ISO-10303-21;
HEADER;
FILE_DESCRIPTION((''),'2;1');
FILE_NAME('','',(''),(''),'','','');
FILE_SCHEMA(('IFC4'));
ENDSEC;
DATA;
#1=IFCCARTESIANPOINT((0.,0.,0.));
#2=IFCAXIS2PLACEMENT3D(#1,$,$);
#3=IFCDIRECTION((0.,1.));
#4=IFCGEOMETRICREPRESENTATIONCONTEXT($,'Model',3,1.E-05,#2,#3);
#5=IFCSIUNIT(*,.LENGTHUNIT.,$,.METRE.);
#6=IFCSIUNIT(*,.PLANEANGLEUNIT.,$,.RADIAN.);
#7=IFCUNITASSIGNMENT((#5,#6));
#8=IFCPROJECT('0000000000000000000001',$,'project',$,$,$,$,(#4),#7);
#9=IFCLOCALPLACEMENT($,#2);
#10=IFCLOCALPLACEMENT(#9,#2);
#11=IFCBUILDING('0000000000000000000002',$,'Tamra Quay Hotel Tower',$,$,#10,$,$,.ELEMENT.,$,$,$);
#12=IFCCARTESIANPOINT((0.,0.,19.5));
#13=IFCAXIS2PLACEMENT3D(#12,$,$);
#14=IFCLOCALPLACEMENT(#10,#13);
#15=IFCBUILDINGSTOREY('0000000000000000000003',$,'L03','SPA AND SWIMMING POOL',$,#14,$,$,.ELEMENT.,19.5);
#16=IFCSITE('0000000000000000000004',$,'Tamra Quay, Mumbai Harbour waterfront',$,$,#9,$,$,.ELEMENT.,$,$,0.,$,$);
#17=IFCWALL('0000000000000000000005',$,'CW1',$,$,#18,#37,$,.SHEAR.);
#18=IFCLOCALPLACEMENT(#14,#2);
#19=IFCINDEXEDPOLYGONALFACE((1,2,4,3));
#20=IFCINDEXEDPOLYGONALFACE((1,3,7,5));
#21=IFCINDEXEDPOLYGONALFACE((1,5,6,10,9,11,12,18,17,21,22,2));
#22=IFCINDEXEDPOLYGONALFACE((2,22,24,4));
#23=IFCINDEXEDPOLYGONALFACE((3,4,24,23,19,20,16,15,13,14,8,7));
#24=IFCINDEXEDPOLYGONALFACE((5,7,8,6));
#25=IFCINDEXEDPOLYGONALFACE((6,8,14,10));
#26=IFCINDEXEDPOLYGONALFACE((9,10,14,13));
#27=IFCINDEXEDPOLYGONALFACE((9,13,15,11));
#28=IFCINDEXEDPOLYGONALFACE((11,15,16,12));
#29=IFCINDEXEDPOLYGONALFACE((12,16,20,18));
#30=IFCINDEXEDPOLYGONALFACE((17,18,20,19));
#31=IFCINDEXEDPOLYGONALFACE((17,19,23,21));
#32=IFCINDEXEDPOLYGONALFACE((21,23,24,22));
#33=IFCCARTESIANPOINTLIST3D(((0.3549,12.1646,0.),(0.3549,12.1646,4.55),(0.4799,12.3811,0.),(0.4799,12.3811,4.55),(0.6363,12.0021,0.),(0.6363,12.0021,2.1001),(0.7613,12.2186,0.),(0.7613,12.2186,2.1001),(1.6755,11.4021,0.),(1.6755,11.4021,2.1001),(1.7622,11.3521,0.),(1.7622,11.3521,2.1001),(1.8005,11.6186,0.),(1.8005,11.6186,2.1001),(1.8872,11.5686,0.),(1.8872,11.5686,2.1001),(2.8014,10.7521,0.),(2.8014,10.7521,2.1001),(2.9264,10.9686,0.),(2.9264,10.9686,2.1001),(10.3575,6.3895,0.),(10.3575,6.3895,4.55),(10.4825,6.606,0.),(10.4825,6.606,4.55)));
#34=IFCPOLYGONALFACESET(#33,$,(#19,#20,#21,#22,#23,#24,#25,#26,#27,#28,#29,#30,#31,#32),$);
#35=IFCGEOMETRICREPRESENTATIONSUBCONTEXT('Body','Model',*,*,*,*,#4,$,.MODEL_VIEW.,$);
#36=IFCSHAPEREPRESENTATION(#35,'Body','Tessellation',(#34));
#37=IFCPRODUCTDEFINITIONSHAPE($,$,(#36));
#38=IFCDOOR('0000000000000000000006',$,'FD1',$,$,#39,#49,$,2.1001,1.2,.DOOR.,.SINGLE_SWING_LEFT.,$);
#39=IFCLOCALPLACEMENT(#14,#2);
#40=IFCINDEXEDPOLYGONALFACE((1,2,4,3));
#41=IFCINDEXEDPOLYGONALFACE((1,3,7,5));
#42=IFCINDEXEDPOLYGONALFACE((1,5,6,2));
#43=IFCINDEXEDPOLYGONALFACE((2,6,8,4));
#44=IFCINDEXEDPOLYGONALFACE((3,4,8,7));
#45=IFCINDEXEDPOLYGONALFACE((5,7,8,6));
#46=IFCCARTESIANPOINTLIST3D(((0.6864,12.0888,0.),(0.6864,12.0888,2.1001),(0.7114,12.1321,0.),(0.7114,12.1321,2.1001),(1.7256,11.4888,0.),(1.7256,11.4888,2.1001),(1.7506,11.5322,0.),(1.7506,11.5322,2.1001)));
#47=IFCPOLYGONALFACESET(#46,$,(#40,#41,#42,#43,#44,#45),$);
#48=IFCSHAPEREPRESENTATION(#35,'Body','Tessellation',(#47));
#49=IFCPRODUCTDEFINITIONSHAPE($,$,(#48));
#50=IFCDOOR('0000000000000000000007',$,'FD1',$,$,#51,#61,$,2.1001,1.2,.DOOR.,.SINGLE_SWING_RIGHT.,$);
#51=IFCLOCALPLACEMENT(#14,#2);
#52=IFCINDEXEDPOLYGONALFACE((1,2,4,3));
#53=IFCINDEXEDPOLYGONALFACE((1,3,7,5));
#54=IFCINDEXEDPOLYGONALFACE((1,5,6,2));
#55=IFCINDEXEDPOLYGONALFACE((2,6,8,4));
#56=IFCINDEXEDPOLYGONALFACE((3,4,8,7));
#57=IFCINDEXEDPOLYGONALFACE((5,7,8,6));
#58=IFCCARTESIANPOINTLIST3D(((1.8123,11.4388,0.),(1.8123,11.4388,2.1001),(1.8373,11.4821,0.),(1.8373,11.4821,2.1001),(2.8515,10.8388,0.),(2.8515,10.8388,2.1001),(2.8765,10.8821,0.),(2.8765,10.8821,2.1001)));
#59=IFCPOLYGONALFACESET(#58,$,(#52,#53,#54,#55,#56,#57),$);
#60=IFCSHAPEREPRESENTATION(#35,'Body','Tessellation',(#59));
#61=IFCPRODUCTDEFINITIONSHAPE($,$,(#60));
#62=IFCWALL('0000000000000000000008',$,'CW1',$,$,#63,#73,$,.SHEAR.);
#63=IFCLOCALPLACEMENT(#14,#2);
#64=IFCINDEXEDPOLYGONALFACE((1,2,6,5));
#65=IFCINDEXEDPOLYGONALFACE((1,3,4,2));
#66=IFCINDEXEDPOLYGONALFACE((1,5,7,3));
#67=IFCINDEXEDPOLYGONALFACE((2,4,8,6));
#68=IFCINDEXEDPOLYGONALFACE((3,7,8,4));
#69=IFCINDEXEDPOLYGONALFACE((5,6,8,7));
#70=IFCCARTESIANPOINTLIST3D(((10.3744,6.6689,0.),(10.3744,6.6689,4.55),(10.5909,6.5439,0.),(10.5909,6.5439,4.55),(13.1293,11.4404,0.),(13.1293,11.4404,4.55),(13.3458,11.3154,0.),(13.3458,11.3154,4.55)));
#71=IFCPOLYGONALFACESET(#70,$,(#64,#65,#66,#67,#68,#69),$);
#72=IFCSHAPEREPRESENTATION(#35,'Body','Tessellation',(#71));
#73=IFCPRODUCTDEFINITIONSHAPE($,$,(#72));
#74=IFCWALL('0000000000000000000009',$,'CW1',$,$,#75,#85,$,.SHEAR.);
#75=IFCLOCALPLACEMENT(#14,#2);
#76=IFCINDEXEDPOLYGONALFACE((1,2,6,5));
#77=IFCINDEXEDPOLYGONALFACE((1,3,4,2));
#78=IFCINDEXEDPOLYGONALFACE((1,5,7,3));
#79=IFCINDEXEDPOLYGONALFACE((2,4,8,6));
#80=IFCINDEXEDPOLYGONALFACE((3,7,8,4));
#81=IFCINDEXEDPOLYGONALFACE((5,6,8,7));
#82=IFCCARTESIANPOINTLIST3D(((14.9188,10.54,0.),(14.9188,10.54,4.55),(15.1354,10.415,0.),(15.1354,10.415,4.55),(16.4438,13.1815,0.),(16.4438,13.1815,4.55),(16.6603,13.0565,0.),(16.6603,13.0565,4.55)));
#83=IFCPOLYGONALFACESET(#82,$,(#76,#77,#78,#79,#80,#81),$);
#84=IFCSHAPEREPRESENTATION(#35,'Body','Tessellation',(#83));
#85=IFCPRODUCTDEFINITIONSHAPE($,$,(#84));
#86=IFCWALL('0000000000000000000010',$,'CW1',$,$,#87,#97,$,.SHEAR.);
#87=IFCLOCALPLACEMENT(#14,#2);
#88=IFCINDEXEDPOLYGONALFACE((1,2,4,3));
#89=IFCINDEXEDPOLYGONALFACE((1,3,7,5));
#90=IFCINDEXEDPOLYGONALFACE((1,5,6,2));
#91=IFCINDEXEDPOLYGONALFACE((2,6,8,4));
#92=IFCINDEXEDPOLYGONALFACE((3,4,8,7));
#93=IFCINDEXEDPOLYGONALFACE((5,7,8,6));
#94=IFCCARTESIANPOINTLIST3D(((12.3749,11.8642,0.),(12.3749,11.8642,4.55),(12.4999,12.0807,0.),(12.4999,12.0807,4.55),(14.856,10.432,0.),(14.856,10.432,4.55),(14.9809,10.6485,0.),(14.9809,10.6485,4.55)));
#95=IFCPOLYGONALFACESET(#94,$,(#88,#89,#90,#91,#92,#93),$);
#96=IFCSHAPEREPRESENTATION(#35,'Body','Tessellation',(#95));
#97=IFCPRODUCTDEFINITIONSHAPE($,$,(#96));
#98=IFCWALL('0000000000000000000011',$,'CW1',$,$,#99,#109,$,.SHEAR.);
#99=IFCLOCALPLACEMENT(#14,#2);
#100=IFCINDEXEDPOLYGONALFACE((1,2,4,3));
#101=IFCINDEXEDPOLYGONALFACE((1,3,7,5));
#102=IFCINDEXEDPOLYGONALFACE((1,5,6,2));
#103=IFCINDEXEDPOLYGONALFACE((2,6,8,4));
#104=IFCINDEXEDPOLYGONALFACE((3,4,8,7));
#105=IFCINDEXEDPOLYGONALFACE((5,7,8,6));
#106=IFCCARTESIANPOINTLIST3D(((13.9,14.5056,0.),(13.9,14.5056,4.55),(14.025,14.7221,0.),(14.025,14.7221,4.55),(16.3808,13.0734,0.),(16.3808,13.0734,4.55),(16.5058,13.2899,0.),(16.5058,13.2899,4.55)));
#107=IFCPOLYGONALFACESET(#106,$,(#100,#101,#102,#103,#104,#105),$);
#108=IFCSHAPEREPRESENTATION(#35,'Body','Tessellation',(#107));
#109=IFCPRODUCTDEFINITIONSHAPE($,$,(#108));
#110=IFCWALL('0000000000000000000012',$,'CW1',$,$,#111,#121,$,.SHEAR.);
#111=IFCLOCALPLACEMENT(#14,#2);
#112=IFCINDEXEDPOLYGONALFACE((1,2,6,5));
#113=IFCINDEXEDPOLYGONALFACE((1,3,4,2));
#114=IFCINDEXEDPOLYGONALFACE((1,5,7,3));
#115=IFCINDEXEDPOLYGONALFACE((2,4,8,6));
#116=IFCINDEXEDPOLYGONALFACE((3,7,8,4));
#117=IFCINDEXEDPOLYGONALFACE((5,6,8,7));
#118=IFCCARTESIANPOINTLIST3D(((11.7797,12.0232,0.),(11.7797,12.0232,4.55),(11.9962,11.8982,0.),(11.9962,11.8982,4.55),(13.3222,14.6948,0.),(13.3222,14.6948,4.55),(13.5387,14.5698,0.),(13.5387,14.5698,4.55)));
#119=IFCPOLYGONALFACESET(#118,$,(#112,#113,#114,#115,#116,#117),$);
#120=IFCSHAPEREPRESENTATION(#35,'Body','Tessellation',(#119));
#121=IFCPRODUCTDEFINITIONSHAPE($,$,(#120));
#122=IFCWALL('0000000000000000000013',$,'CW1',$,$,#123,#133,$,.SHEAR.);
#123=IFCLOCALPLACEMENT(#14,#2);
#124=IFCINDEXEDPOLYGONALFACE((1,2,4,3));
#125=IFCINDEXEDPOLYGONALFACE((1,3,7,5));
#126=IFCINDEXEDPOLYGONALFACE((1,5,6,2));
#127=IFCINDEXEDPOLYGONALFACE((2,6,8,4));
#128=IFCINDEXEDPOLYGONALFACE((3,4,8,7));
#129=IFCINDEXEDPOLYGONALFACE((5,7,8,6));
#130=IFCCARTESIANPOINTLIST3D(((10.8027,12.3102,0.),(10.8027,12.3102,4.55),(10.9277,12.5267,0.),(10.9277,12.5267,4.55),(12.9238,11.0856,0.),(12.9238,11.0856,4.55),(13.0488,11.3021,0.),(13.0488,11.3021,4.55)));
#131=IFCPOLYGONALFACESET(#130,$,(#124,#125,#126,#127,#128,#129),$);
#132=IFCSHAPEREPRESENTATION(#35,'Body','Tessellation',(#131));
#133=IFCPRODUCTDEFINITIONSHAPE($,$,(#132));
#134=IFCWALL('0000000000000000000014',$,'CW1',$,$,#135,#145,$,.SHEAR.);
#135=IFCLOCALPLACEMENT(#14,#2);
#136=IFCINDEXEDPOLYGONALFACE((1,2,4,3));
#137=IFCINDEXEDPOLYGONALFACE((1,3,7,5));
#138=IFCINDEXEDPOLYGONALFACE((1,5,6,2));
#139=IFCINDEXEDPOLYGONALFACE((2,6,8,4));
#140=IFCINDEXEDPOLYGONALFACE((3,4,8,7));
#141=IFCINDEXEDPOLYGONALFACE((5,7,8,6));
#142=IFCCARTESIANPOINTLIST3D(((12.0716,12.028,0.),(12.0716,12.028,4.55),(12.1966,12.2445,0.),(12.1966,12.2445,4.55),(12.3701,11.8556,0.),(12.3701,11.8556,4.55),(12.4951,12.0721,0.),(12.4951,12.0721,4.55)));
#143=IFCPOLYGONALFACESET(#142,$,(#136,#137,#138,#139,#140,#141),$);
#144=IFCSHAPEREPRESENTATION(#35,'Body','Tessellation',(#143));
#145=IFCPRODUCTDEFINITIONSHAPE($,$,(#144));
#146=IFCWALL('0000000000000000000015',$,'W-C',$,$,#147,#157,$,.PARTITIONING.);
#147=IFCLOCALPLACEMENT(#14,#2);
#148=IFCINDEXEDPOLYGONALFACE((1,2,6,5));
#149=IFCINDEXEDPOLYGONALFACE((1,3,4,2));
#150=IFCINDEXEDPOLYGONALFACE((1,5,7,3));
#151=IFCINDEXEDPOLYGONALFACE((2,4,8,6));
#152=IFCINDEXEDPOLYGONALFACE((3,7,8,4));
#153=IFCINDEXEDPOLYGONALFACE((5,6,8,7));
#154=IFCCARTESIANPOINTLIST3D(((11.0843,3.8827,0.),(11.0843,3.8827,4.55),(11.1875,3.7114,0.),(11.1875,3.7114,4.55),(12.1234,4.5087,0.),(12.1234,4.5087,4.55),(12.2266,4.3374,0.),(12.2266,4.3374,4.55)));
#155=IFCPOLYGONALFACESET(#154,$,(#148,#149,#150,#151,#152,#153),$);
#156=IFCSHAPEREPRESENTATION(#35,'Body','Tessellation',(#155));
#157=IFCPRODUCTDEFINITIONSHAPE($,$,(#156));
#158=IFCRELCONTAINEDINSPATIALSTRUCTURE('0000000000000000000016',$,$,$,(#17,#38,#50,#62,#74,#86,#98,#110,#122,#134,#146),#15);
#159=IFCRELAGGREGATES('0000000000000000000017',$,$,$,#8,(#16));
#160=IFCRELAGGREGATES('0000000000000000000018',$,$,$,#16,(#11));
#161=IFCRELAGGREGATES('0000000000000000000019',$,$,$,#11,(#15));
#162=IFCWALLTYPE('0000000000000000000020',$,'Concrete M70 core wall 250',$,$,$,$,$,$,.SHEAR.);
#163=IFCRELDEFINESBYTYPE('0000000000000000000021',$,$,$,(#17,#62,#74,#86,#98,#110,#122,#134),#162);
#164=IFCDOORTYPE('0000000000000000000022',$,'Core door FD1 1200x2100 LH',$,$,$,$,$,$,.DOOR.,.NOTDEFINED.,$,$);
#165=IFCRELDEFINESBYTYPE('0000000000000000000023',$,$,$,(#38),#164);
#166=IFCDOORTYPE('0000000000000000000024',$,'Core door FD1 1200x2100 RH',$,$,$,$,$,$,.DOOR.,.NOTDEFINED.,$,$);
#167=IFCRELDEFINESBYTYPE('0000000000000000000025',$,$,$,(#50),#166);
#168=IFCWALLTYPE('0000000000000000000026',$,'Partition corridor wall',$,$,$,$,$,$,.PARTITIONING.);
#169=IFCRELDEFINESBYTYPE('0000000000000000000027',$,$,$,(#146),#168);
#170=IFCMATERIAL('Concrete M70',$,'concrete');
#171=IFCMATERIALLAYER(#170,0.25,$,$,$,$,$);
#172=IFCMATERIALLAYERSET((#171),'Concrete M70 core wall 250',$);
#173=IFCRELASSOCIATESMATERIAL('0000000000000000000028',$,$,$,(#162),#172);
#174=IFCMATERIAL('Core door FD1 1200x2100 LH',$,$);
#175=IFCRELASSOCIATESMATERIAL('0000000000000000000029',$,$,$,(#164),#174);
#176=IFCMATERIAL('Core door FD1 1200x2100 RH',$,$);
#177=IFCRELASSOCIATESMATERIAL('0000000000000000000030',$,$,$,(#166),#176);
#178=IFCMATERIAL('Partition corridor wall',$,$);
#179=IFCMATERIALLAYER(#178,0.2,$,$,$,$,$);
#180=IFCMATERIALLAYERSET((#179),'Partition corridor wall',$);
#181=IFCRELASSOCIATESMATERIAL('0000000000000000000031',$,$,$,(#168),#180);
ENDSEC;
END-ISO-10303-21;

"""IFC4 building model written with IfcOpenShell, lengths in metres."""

from ifc_helpers import new_model, si_unit, direction, frame, frame_2d, origin, place, context, subcontext, project, spatial, rectangle, extrude, material, layer, layer_set, type_object, element, fill, save


model = new_model("IFC4")

# Units and contexts
model_context = context("Model", 3, precision=1e-05, world=origin(), true_north=direction((0.0, 1.0)))
body_context = subcontext(model_context, "Body", "Model", "MODEL_VIEW")
ifc_project = project(units=[si_unit("LENGTHUNIT", "METRE"), si_unit("PLANEANGLEUNIT", "RADIAN")], contexts=[model_context])

# Site, building, storey
site_placement = place(None, origin())
site = spatial("IfcSite", under=ifc_project, at=site_placement, Name="Tamra Quay, Mumbai Harbour waterfront", CompositionType="ELEMENT", RefElevation=0.0)
building_placement = place(site_placement, origin())
building = spatial("IfcBuilding", under=site, at=building_placement, Name="Tamra Quay Hotel Tower", CompositionType="ELEMENT")
storey_placement = place(building_placement, frame((0.0, 0.0, 19.5)))
storey = spatial("IfcBuildingStorey", under=building, at=storey_placement, Name="L03", Description="SPA AND SWIMMING POOL", CompositionType="ELEMENT", Elevation=19.5)

# Shared definitions
ifc_material_1 = material(Name="Concrete M70", Category="concrete")

# Wall, openings, doors
ifc_layer_1 = layer(ifc_material_1, 0.25)
ifc_layer_set_1 = layer_set([ifc_layer_1], Name="Concrete M70 core wall 250")
wall_type_1 = type_object("IfcWallType", Name="Concrete M70 core wall 250", PredefinedType="SHEAR", material=ifc_layer_set_1)
wall_1_placement = place(storey_placement, frame((10.4199, 6.4978, 0.0), z_axis=(0.0, 0.0, 1.0), x_axis=(-0.866022, 0.500006, 0.0)))
wall_1 = element("IfcWall", 1, at=wall_1_placement, inside=storey, type_object=wall_type_1, Name="CW1", PredefinedType="SHEAR", context=body_context, shape_type="SweptSolid", body=[
    extrude(rectangle(XDim=11.55, YDim=0.25, at=frame_2d((5.7749, 0.0))), origin(), (0.0, 0.0, 1.0), 4.55),
])
opening_1_placement = place(wall_1_placement, frame((10.0249, 0.0, 0.0)))
opening_1 = element("IfcOpeningElement", 2, at=opening_1_placement, cuts=wall_1, PredefinedType="OPENING", context=body_context, shape_type="SweptSolid", body=[
    extrude(rectangle(XDim=1.2, YDim=2.1001, at=frame_2d((0.6001, 1.05))), frame((0.0, 0.135, 0.0), z_axis=(0.0, -1.0, 0.0), x_axis=(1.0, 0.0, 0.0)), (0.0, 0.0, 1.0), 0.27),
])
opening_2_placement = place(wall_1_placement, frame((8.7249, 0.0, 0.0)))
opening_2 = element("IfcOpeningElement", 3, at=opening_2_placement, cuts=wall_1, PredefinedType="OPENING", context=body_context, shape_type="SweptSolid", body=[
    extrude(rectangle(XDim=1.2, YDim=2.1001, at=frame_2d((0.6001, 1.05))), frame((0.0, 0.135, 0.0), z_axis=(0.0, -1.0, 0.0), x_axis=(1.0, 0.0, 0.0)), (0.0, 0.0, 1.0), 0.27),
])
ifc_material_2 = material(Name="Core door FD1 1200x2100 LH")
door_type_1 = type_object("IfcDoorType", Name="Core door FD1 1200x2100 LH", OperationType="NOTDEFINED", PredefinedType="DOOR", material=ifc_material_2)
door_1_placement = place(opening_1_placement, origin())
door_1 = element("IfcDoor", 4, at=door_1_placement, inside=storey, type_object=door_type_1, Name="FD1", OperationType="SINGLE_SWING_LEFT", OverallHeight=2.1001, OverallWidth=1.2, PredefinedType="DOOR", context=body_context, shape_type="SweptSolid", body=[
    extrude(rectangle(XDim=1.2, YDim=2.1001, at=frame_2d((0.6001, 1.05))), frame((0.0, 0.0249, 0.0), z_axis=(0.0, -1.0, 0.0), x_axis=(1.0, 0.0, 0.0)), (0.0, 0.0, 1.0), 0.05),
])
fill(opening_1, door_1)
ifc_material_3 = material(Name="Core door FD1 1200x2100 RH")
door_type_2 = type_object("IfcDoorType", Name="Core door FD1 1200x2100 RH", OperationType="NOTDEFINED", PredefinedType="DOOR", material=ifc_material_3)
door_2_placement = place(opening_2_placement, origin())
door_2 = element("IfcDoor", 5, at=door_2_placement, inside=storey, type_object=door_type_2, Name="FD1", OperationType="SINGLE_SWING_RIGHT", OverallHeight=2.1001, OverallWidth=1.2, PredefinedType="DOOR", context=body_context, shape_type="SweptSolid", body=[
    extrude(rectangle(XDim=1.2, YDim=2.1001, at=frame_2d((0.6001, 1.05))), frame((0.0, 0.0249, 0.0), z_axis=(0.0, -1.0, 0.0), x_axis=(1.0, 0.0, 0.0)), (0.0, 0.0, 1.0), 0.05),
])
fill(opening_2, door_2)

# Walls
wall_2_placement = place(storey_placement, frame((13.2375, 11.3779, 0.0), z_axis=(0.0, 0.0, 1.0), x_axis=(-0.500009, -0.86602, 0.0)))
element("IfcWall", 6, at=wall_2_placement, inside=storey, type_object=wall_type_1, Name="CW1", PredefinedType="SHEAR", context=body_context, shape_type="SweptSolid", body=[
    extrude(rectangle(XDim=5.5098, YDim=0.25, at=frame_2d((2.7549, 0.0))), origin(), (0.0, 0.0, 1.0), 4.55),
])
wall_3_placement = place(storey_placement, frame((16.552, 13.1189, 0.0), z_axis=(0.0, 0.0, 1.0), x_axis=(-0.499979, -0.866038, 0.0)))
element("IfcWall", 7, at=wall_3_placement, inside=storey, type_object=wall_type_1, Name="CW1", PredefinedType="SHEAR", context=body_context, shape_type="SweptSolid", body=[
    extrude(rectangle(XDim=3.05, YDim=0.25, at=frame_2d((1.5249, 0.0))), origin(), (0.0, 0.0, 1.0), 4.55),
])
wall_4_placement = place(storey_placement, frame((14.9185, 10.5403, 0.0), z_axis=(0.0, 0.0, 1.0), x_axis=(-0.866064, 0.499934, 0.0)))
element("IfcWall", 8, at=wall_4_placement, inside=storey, type_object=wall_type_1, Name="CW1", PredefinedType="SHEAR", context=body_context, shape_type="SweptSolid", body=[
    extrude(rectangle(XDim=2.8647, YDim=0.25, at=frame_2d((1.4324, 0.0))), origin(), (0.0, 0.0, 1.0), 4.55),
])
wall_5_placement = place(storey_placement, frame((13.9626, 14.6138, 0.0), z_axis=(0.0, 0.0, 1.0), x_axis=(0.866042, -0.499971, 0.0)))
element("IfcWall", 9, at=wall_5_placement, inside=storey, type_object=wall_type_1, Name="CW1", PredefinedType="SHEAR", context=body_context, shape_type="SweptSolid", body=[
    extrude(rectangle(XDim=2.8645, YDim=0.25, at=frame_2d((1.4321, 0.0))), origin(), (0.0, 0.0, 1.0), 4.55),
])
wall_6_placement = place(storey_placement, frame((11.8879, 11.9607, 0.0), z_axis=(0.0, 0.0, 1.0), x_axis=(0.500003, 0.866023, 0.0)))
element("IfcWall", 10, at=wall_6_placement, inside=storey, type_object=wall_type_1, Name="CW1", PredefinedType="SHEAR", context=body_context, shape_type="SweptSolid", body=[
    extrude(rectangle(XDim=3.085, YDim=0.25, at=frame_2d((1.5425, 0.0))), origin(), (0.0, 0.0, 1.0), 4.55),
])
wall_7_placement = place(storey_placement, frame((10.8652, 12.4185, 0.0), z_axis=(0.0, 0.0, 1.0), x_axis=(0.866026, -0.499999, 0.0)))
element("IfcWall", 11, at=wall_7_placement, inside=storey, type_object=wall_type_1, Name="CW1", PredefinedType="SHEAR", context=body_context, shape_type="SweptSolid", body=[
    extrude(rectangle(XDim=2.4492, YDim=0.25, at=frame_2d((1.2246, 0.0))), origin(), (0.0, 0.0, 1.0), 4.55),
])
wall_8_placement = place(storey_placement, frame((12.4326, 11.9639, 0.0), z_axis=(0.0, 0.0, 1.0), x_axis=(-0.866056, 0.499947, 0.0)))
element("IfcWall", 12, at=wall_8_placement, inside=storey, type_object=wall_type_1, Name="CW1", PredefinedType="SHEAR", context=body_context, shape_type="SweptSolid", body=[
    extrude(rectangle(XDim=0.3447, YDim=0.25, at=frame_2d((0.1724, 0.0))), origin(), (0.0, 0.0, 1.0), 4.55),
])
ifc_material_4 = material(Name="Partition corridor wall")
ifc_layer_2 = layer(ifc_material_4, 0.2)
ifc_layer_set_2 = layer_set([ifc_layer_2], Name="Partition corridor wall")
wall_type_2 = type_object("IfcWallType", Name="Partition corridor wall", PredefinedType="PARTITIONING", material=ifc_layer_set_2)
wall_9_placement = place(storey_placement, frame((11.136, 3.7971, 0.0), z_axis=(0.0, 0.0, 1.0), x_axis=(0.856568, 0.516034, 0.0)))
element("IfcWall", 13, at=wall_9_placement, inside=storey, type_object=wall_type_2, Name="W-C", PredefinedType="PARTITIONING", context=body_context, shape_type="SweptSolid", body=[
    extrude(rectangle(XDim=1.2131, YDim=0.2, at=frame_2d((0.6064, 0.0))), origin(), (0.0, 0.0, 1.0), 4.55),
])

save(model, "model.ifc")
